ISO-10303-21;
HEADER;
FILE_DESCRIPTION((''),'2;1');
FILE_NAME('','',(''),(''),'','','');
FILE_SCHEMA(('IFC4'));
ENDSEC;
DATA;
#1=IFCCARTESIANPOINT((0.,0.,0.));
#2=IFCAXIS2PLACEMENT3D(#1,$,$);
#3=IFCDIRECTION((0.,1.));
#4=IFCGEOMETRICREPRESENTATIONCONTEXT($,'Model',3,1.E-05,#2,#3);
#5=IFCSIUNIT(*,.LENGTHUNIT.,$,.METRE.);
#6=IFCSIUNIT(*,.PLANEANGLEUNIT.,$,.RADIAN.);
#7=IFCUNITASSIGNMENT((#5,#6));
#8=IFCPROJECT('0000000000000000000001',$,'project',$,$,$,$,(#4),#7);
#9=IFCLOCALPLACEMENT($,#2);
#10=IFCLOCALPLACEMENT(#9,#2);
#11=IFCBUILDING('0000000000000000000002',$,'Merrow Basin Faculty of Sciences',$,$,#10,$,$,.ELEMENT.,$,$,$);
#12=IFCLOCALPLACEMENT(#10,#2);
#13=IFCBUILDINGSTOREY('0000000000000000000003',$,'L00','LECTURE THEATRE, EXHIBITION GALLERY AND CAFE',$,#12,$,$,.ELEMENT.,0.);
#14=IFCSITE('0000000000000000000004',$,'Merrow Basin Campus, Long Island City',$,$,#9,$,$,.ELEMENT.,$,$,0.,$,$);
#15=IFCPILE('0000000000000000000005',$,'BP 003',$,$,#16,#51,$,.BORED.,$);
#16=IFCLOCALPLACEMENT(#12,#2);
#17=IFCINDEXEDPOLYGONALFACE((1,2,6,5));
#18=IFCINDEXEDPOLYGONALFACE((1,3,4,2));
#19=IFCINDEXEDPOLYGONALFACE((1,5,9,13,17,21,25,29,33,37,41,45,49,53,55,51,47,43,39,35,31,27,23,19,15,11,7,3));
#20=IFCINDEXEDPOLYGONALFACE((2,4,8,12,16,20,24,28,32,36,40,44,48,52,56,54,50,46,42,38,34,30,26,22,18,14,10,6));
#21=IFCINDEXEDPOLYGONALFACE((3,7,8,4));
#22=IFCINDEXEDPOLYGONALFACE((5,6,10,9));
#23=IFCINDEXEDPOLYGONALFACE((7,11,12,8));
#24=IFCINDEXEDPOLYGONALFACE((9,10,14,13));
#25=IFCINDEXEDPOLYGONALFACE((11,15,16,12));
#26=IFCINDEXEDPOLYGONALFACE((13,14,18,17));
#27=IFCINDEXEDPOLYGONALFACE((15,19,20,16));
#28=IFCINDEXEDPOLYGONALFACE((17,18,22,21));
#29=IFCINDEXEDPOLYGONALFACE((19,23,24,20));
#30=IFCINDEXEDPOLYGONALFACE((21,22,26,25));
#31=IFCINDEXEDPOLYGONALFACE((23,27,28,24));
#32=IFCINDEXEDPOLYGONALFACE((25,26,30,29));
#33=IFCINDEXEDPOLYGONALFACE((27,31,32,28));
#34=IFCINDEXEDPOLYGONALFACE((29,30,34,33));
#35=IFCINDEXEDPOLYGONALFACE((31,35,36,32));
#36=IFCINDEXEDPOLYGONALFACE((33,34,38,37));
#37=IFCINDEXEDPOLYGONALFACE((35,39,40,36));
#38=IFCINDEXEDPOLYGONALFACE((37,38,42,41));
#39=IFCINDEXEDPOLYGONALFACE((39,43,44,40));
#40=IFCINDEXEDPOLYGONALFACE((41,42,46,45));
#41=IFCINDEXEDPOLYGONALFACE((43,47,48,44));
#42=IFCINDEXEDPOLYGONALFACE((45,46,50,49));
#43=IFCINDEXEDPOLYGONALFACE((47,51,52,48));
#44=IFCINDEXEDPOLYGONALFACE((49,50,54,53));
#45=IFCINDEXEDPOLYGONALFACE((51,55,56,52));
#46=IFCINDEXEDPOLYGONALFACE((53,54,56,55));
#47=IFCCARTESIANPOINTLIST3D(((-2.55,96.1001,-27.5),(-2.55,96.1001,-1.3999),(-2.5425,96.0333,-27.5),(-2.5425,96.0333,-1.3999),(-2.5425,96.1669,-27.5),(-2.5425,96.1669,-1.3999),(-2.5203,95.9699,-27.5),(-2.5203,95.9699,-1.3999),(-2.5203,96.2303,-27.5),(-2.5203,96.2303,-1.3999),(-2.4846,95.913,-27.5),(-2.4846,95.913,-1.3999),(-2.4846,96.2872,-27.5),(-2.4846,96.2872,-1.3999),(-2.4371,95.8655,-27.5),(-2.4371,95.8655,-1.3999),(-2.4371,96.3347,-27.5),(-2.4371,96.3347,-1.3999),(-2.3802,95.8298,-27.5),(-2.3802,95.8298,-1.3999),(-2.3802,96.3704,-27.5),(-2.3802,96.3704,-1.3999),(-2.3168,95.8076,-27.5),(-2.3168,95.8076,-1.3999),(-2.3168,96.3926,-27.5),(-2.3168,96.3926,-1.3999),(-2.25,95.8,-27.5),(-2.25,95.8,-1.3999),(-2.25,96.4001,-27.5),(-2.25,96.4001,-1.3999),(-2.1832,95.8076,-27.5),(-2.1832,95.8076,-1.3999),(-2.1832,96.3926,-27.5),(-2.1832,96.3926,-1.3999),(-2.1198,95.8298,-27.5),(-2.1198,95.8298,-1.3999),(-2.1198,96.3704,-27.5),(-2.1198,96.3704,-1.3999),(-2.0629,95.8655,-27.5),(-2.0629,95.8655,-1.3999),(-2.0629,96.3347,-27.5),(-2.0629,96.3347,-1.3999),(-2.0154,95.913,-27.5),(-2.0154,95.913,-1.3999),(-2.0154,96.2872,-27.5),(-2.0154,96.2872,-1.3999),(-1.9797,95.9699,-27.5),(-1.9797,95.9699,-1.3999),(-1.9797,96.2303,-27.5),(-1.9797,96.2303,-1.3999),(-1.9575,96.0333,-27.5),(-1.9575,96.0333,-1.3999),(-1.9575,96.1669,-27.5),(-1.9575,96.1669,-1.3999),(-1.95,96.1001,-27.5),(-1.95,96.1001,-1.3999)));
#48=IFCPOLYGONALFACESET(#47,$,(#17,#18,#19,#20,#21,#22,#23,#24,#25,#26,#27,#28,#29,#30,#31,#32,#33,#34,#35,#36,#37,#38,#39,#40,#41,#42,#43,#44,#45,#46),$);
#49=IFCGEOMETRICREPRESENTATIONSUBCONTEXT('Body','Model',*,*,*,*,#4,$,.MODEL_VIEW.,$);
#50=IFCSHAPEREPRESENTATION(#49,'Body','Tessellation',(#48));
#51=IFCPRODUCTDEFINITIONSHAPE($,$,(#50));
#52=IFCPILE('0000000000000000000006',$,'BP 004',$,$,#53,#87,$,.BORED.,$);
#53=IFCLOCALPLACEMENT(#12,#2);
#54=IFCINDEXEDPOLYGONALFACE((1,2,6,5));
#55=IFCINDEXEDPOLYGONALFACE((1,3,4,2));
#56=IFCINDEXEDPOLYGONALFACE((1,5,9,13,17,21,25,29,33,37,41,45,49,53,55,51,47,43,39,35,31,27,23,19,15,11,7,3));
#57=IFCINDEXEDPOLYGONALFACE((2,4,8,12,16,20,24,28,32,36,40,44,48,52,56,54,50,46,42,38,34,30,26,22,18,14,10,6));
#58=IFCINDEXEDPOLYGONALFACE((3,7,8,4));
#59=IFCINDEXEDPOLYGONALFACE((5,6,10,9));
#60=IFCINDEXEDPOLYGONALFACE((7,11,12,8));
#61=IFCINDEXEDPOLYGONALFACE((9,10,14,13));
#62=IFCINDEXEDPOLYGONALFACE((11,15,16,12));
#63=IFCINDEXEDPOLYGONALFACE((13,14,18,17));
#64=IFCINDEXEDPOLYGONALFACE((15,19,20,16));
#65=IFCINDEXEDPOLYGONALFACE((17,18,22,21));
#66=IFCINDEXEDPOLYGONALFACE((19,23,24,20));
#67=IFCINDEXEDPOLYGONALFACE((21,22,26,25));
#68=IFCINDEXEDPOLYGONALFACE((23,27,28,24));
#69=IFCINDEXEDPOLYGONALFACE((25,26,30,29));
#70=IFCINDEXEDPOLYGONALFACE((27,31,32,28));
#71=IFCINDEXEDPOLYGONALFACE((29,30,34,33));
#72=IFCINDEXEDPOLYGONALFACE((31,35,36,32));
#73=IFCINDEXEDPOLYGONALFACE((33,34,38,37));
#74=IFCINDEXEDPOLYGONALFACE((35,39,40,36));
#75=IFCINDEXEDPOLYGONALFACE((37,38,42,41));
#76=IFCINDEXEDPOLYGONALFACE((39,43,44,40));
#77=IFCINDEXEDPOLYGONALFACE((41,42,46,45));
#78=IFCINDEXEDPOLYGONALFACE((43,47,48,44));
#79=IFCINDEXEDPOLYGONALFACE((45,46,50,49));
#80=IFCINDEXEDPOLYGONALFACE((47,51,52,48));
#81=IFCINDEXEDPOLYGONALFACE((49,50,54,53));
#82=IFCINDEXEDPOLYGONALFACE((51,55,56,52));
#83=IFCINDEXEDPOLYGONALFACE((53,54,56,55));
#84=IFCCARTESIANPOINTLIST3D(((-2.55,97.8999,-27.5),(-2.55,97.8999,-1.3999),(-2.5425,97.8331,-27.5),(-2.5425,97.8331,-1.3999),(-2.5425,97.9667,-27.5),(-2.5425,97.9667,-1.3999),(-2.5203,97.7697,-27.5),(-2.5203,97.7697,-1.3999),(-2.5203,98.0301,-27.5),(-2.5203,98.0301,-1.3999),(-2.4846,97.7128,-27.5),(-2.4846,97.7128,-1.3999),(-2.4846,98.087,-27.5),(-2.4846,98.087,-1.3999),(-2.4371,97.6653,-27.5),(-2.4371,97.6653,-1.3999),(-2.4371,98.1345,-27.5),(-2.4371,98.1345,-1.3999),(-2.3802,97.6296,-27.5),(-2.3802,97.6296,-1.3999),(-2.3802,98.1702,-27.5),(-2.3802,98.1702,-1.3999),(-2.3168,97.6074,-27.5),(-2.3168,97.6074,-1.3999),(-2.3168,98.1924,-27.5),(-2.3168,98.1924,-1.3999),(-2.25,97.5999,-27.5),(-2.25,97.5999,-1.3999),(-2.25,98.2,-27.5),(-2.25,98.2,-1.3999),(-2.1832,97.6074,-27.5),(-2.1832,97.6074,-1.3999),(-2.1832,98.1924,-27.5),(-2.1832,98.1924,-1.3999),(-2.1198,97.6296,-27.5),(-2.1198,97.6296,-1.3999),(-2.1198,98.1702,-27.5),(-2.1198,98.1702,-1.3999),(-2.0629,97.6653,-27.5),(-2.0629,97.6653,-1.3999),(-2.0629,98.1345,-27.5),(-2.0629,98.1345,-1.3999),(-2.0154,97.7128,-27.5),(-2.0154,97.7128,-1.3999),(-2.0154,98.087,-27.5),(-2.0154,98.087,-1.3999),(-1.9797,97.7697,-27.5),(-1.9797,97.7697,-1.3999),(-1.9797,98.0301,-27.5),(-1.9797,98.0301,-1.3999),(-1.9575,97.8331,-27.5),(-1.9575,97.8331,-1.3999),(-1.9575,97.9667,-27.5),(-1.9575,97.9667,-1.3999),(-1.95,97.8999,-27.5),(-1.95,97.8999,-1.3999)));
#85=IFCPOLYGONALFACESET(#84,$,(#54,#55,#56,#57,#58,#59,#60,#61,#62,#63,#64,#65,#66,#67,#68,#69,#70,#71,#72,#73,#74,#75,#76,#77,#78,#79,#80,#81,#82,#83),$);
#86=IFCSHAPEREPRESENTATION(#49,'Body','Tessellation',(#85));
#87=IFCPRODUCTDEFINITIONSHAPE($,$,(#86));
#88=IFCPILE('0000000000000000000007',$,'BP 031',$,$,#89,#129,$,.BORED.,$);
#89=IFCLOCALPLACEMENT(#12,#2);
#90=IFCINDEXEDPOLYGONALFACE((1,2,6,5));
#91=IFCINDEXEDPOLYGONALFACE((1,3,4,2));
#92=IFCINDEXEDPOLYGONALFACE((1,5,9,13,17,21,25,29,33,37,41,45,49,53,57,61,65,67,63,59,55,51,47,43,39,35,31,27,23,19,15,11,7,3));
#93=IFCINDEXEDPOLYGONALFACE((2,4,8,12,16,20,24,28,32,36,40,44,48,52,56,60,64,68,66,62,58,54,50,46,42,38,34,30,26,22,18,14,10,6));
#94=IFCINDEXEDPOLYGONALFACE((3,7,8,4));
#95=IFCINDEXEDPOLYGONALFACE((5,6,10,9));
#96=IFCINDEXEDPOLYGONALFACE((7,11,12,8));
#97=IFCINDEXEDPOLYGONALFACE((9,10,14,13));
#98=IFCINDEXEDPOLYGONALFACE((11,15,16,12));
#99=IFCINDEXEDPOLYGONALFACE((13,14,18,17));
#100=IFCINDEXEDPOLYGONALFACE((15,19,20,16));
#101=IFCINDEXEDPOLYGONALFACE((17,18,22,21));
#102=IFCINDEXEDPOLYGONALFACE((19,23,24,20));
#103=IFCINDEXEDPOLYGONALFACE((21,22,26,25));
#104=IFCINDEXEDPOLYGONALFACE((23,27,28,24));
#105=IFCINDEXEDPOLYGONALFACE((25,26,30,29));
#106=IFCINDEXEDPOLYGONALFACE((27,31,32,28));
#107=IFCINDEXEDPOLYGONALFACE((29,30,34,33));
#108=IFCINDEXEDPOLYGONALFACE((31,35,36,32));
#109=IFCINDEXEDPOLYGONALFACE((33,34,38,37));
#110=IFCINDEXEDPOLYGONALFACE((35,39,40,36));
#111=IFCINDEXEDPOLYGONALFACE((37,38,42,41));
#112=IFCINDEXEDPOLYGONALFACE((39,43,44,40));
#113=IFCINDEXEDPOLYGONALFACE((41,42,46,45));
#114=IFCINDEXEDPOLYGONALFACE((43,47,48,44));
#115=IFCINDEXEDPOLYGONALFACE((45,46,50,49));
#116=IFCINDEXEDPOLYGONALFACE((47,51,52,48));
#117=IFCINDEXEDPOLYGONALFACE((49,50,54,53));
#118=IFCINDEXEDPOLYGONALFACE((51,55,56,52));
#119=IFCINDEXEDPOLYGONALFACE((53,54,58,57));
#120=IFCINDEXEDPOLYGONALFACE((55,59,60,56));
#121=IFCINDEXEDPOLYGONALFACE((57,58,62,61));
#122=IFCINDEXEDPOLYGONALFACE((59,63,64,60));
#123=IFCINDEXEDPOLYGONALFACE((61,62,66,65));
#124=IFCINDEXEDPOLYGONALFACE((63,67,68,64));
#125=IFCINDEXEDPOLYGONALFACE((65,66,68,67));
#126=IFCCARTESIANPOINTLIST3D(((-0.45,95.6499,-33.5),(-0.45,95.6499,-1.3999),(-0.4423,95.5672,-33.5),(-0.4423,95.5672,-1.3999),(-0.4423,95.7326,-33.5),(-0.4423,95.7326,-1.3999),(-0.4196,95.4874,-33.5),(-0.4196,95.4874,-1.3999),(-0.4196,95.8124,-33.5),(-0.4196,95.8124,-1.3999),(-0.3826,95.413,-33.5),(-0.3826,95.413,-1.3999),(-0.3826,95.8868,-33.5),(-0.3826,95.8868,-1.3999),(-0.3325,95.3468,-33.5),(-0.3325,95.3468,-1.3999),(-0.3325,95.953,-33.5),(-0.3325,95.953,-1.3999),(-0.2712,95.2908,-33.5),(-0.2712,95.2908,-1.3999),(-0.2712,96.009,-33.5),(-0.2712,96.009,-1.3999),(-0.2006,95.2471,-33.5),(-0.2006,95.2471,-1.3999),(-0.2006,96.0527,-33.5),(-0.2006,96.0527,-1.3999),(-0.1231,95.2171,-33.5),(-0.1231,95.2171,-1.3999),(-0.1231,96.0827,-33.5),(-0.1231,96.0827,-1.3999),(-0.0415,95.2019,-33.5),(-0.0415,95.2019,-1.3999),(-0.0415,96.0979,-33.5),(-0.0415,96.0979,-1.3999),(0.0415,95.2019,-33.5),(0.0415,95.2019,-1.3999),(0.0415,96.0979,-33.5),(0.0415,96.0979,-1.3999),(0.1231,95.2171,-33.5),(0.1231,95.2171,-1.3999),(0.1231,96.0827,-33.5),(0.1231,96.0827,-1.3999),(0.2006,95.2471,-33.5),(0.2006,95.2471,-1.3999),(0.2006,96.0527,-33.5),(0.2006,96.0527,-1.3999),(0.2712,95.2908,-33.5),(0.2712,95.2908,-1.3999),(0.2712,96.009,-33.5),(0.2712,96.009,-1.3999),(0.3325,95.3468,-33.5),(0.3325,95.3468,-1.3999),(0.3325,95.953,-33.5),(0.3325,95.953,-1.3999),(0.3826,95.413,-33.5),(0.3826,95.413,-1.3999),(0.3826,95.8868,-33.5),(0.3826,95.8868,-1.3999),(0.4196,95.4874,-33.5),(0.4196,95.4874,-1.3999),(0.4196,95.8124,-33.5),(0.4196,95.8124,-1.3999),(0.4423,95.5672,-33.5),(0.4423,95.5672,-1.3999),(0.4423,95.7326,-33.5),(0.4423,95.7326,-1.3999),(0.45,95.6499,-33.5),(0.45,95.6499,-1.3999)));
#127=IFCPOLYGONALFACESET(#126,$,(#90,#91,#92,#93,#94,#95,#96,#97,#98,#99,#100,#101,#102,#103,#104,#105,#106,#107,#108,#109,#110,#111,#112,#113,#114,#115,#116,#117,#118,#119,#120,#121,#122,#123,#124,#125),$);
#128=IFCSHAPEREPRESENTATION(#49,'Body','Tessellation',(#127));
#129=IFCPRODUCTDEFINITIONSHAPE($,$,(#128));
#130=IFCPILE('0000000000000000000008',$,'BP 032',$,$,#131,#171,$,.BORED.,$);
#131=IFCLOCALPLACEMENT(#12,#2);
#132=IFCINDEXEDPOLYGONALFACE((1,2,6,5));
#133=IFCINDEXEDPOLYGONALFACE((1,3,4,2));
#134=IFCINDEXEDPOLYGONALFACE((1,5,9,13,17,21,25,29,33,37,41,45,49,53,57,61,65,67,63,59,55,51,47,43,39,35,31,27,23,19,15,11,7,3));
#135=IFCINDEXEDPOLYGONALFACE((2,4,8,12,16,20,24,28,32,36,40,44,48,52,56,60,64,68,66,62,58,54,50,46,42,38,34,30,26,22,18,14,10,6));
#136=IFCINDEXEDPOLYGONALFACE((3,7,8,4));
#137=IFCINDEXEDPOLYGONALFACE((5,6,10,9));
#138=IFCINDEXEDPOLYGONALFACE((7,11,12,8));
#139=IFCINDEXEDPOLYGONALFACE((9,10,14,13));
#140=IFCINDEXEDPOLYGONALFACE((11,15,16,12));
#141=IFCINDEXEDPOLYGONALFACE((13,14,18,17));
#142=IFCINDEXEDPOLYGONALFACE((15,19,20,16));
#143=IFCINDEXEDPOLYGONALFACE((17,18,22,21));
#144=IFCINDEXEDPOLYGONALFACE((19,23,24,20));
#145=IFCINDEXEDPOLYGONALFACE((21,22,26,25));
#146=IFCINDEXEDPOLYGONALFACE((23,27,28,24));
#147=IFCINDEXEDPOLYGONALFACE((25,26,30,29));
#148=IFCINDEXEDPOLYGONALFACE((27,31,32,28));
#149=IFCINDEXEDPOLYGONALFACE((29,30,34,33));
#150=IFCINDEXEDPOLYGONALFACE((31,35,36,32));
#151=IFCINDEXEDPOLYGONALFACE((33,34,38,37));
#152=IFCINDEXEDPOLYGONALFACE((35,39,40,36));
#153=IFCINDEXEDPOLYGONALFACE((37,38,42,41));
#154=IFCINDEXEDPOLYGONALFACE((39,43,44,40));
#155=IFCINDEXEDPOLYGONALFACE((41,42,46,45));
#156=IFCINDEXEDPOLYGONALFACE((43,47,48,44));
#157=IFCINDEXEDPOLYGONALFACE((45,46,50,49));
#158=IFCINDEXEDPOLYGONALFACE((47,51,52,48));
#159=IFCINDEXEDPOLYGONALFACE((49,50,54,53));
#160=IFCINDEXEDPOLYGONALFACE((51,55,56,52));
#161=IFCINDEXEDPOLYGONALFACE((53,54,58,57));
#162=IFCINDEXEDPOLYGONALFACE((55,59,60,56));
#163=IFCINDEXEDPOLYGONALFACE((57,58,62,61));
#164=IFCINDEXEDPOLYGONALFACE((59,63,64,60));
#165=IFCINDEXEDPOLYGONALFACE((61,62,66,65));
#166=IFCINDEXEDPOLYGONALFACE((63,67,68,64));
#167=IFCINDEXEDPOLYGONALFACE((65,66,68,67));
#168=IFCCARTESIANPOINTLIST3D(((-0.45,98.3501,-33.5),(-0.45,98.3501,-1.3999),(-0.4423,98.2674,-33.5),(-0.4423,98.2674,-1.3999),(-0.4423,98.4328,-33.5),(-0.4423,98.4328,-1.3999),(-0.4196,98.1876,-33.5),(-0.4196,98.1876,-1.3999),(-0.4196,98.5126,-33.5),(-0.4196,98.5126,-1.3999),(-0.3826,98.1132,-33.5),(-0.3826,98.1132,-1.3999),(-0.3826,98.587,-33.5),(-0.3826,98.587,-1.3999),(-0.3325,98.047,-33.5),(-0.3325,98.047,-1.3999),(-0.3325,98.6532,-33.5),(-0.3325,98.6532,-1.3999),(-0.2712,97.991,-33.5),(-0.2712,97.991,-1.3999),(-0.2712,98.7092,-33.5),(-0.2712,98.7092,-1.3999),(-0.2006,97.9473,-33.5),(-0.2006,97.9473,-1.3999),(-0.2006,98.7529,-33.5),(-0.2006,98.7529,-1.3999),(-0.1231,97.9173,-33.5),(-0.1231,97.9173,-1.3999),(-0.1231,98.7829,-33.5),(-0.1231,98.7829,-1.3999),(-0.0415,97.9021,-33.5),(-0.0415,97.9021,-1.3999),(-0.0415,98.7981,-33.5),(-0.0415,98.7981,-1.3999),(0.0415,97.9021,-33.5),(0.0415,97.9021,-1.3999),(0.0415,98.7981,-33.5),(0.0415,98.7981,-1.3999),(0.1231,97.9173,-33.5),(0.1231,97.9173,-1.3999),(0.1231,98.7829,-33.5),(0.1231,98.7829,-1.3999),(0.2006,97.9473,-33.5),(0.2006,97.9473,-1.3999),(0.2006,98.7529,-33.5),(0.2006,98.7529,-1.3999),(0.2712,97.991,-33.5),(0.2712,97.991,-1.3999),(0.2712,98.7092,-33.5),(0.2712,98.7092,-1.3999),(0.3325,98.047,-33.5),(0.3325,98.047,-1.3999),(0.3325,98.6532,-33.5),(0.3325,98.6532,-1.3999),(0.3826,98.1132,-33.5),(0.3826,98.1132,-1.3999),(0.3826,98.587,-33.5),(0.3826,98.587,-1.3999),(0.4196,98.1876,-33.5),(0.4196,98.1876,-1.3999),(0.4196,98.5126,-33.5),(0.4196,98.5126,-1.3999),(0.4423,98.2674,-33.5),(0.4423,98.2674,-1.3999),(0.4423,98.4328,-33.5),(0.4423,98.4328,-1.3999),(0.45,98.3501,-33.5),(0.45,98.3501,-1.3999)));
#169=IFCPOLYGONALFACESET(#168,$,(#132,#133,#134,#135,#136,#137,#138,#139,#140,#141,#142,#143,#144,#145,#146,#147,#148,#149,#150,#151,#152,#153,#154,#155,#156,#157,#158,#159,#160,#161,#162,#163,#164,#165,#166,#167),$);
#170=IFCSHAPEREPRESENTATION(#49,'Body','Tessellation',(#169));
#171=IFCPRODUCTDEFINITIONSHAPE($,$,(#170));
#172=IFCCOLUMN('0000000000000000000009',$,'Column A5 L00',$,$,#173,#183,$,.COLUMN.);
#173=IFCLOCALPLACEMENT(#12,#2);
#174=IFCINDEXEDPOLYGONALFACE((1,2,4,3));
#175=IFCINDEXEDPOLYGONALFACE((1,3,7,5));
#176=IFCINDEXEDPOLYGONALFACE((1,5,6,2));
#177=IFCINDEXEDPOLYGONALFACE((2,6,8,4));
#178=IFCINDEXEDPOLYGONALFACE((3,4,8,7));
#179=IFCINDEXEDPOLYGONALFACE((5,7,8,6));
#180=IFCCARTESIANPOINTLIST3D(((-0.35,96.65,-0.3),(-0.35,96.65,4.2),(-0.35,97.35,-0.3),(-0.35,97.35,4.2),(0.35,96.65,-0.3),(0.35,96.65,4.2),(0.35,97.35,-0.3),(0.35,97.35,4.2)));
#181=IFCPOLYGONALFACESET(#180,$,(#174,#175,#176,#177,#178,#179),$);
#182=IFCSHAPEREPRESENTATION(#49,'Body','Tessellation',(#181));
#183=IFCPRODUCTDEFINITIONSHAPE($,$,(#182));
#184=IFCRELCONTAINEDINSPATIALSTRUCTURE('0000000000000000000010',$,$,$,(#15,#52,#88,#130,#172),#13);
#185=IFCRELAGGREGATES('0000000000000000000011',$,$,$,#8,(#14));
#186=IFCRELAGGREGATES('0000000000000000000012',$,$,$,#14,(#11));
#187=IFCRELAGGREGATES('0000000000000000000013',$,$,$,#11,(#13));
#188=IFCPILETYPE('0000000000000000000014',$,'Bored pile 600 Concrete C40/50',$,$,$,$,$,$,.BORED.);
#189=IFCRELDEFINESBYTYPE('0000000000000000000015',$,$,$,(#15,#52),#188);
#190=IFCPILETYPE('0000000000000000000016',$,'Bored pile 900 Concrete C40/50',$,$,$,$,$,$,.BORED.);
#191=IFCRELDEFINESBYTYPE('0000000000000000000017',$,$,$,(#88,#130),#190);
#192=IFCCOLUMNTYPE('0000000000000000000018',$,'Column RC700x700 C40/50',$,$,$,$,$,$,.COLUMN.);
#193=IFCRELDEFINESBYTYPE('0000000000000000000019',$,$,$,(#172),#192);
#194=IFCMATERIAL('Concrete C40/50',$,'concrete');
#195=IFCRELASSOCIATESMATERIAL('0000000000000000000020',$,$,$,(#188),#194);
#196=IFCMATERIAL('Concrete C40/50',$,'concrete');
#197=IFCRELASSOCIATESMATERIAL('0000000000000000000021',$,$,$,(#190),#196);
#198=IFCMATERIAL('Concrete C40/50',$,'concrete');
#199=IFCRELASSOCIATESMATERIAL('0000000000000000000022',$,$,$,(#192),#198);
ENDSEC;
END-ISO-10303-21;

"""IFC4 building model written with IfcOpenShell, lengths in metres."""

from ifc_helpers import new_model, si_unit, direction, frame, origin, origin_2d, place, context, subcontext, project, spatial, rectangle, circle, extrude, material, material_profile, profile_set, type_object, element, save


model = new_model("IFC4")

# Units and contexts
model_context = context("Model", 3, precision=1e-05, world=origin(), true_north=direction((0.0, 1.0)))
body_context = subcontext(model_context, "Body", "Model", "MODEL_VIEW")
ifc_project = project(units=[si_unit("LENGTHUNIT", "METRE"), si_unit("PLANEANGLEUNIT", "RADIAN")], contexts=[model_context])

# Site, building, storey
site_placement = place(None, origin())
site = spatial("IfcSite", under=ifc_project, at=site_placement, Name="Merrow Basin Campus, Long Island City", CompositionType="ELEMENT", RefElevation=0.0)
building_placement = place(site_placement, origin())
building = spatial("IfcBuilding", under=site, at=building_placement, Name="Merrow Basin Faculty of Sciences", CompositionType="ELEMENT")
storey_placement = place(building_placement, origin())
storey = spatial("IfcBuildingStorey", under=building, at=storey_placement, Name="L00", Description="LECTURE THEATRE, EXHIBITION GALLERY AND CAFE", CompositionType="ELEMENT", Elevation=0.0)

# Piles
ifc_material_1 = material(Name="Concrete C40/50", Category="concrete")
ifc_material_profile_1 = material_profile(ifc_material_1, circle(Radius=0.3, at=origin_2d()))
ifc_profile_set_1 = profile_set([ifc_material_profile_1], Name="Concrete C40/50")
pile_type_1 = type_object("IfcPileType", Name="Bored pile 600 Concrete C40/50", PredefinedType="BORED", material=ifc_profile_set_1)
for number, where, z_axis, x_axis, name in (
    (1, (-2.25, 96.1001, -1.3999), (0.0, 0.0, -1.0), (1.0, 0.0, 0.0), "BP 003"),
    (2, (-2.25, 97.8999, -1.3999), (0.0, 0.0, -1.0), (1.0, 0.0, 0.0), "BP 004"),
):
    element("IfcPile", number, at=place(storey_placement, frame(where, z_axis=z_axis, x_axis=x_axis)), inside=storey, type_object=pile_type_1, Name=name, PredefinedType="BORED", context=body_context, shape_type="SweptSolid", body=[
        extrude(circle(Radius=0.3, at=origin_2d()), origin(), (0.0, 0.0, 1.0), 26.1001),
    ])
ifc_material_2 = material(Name="Concrete C40/50", Category="concrete")
ifc_material_profile_2 = material_profile(ifc_material_2, circle(Radius=0.45, at=origin_2d()))
ifc_profile_set_2 = profile_set([ifc_material_profile_2], Name="Concrete C40/50")
pile_type_2 = type_object("IfcPileType", Name="Bored pile 900 Concrete C40/50", PredefinedType="BORED", material=ifc_profile_set_2)
for number, where, z_axis, x_axis, name in (
    (3, (0.0, 95.6499, -1.3999), (0.0, 0.0, -1.0), (1.0, 0.0, 0.0), "BP 031"),
    (4, (0.0, 98.3501, -1.3999), (0.0, 0.0, -1.0), (1.0, 0.0, 0.0), "BP 032"),
):
    element("IfcPile", number, at=place(storey_placement, frame(where, z_axis=z_axis, x_axis=x_axis)), inside=storey, type_object=pile_type_2, Name=name, PredefinedType="BORED", context=body_context, shape_type="SweptSolid", body=[
        extrude(circle(Radius=0.45, at=origin_2d()), origin(), (0.0, 0.0, 1.0), 32.1001),
    ])

# Column
ifc_material_3 = material(Name="Concrete C40/50", Category="concrete")
ifc_material_profile_3 = material_profile(ifc_material_3, rectangle(XDim=0.7, YDim=0.7, at=origin_2d()))
ifc_profile_set_3 = profile_set([ifc_material_profile_3], Name="Concrete C40/50")
column_type_1 = type_object("IfcColumnType", Name="Column RC700x700 C40/50", PredefinedType="COLUMN", material=ifc_profile_set_3)
column_1_placement = place(storey_placement, frame((0.0, 97.0, -0.3), z_axis=(0.0, 0.0, 1.0), x_axis=(1.0, 0.0, 0.0)))
element("IfcColumn", 5, at=column_1_placement, inside=storey, type_object=column_type_1, Name="Column A5 L00", PredefinedType="COLUMN", context=body_context, shape_type="SweptSolid", body=[
    extrude(rectangle(XDim=0.7, YDim=0.7, at=origin_2d()), origin(), (0.0, 0.0, 1.0), 4.5),
])

save(model, "model.ifc")
